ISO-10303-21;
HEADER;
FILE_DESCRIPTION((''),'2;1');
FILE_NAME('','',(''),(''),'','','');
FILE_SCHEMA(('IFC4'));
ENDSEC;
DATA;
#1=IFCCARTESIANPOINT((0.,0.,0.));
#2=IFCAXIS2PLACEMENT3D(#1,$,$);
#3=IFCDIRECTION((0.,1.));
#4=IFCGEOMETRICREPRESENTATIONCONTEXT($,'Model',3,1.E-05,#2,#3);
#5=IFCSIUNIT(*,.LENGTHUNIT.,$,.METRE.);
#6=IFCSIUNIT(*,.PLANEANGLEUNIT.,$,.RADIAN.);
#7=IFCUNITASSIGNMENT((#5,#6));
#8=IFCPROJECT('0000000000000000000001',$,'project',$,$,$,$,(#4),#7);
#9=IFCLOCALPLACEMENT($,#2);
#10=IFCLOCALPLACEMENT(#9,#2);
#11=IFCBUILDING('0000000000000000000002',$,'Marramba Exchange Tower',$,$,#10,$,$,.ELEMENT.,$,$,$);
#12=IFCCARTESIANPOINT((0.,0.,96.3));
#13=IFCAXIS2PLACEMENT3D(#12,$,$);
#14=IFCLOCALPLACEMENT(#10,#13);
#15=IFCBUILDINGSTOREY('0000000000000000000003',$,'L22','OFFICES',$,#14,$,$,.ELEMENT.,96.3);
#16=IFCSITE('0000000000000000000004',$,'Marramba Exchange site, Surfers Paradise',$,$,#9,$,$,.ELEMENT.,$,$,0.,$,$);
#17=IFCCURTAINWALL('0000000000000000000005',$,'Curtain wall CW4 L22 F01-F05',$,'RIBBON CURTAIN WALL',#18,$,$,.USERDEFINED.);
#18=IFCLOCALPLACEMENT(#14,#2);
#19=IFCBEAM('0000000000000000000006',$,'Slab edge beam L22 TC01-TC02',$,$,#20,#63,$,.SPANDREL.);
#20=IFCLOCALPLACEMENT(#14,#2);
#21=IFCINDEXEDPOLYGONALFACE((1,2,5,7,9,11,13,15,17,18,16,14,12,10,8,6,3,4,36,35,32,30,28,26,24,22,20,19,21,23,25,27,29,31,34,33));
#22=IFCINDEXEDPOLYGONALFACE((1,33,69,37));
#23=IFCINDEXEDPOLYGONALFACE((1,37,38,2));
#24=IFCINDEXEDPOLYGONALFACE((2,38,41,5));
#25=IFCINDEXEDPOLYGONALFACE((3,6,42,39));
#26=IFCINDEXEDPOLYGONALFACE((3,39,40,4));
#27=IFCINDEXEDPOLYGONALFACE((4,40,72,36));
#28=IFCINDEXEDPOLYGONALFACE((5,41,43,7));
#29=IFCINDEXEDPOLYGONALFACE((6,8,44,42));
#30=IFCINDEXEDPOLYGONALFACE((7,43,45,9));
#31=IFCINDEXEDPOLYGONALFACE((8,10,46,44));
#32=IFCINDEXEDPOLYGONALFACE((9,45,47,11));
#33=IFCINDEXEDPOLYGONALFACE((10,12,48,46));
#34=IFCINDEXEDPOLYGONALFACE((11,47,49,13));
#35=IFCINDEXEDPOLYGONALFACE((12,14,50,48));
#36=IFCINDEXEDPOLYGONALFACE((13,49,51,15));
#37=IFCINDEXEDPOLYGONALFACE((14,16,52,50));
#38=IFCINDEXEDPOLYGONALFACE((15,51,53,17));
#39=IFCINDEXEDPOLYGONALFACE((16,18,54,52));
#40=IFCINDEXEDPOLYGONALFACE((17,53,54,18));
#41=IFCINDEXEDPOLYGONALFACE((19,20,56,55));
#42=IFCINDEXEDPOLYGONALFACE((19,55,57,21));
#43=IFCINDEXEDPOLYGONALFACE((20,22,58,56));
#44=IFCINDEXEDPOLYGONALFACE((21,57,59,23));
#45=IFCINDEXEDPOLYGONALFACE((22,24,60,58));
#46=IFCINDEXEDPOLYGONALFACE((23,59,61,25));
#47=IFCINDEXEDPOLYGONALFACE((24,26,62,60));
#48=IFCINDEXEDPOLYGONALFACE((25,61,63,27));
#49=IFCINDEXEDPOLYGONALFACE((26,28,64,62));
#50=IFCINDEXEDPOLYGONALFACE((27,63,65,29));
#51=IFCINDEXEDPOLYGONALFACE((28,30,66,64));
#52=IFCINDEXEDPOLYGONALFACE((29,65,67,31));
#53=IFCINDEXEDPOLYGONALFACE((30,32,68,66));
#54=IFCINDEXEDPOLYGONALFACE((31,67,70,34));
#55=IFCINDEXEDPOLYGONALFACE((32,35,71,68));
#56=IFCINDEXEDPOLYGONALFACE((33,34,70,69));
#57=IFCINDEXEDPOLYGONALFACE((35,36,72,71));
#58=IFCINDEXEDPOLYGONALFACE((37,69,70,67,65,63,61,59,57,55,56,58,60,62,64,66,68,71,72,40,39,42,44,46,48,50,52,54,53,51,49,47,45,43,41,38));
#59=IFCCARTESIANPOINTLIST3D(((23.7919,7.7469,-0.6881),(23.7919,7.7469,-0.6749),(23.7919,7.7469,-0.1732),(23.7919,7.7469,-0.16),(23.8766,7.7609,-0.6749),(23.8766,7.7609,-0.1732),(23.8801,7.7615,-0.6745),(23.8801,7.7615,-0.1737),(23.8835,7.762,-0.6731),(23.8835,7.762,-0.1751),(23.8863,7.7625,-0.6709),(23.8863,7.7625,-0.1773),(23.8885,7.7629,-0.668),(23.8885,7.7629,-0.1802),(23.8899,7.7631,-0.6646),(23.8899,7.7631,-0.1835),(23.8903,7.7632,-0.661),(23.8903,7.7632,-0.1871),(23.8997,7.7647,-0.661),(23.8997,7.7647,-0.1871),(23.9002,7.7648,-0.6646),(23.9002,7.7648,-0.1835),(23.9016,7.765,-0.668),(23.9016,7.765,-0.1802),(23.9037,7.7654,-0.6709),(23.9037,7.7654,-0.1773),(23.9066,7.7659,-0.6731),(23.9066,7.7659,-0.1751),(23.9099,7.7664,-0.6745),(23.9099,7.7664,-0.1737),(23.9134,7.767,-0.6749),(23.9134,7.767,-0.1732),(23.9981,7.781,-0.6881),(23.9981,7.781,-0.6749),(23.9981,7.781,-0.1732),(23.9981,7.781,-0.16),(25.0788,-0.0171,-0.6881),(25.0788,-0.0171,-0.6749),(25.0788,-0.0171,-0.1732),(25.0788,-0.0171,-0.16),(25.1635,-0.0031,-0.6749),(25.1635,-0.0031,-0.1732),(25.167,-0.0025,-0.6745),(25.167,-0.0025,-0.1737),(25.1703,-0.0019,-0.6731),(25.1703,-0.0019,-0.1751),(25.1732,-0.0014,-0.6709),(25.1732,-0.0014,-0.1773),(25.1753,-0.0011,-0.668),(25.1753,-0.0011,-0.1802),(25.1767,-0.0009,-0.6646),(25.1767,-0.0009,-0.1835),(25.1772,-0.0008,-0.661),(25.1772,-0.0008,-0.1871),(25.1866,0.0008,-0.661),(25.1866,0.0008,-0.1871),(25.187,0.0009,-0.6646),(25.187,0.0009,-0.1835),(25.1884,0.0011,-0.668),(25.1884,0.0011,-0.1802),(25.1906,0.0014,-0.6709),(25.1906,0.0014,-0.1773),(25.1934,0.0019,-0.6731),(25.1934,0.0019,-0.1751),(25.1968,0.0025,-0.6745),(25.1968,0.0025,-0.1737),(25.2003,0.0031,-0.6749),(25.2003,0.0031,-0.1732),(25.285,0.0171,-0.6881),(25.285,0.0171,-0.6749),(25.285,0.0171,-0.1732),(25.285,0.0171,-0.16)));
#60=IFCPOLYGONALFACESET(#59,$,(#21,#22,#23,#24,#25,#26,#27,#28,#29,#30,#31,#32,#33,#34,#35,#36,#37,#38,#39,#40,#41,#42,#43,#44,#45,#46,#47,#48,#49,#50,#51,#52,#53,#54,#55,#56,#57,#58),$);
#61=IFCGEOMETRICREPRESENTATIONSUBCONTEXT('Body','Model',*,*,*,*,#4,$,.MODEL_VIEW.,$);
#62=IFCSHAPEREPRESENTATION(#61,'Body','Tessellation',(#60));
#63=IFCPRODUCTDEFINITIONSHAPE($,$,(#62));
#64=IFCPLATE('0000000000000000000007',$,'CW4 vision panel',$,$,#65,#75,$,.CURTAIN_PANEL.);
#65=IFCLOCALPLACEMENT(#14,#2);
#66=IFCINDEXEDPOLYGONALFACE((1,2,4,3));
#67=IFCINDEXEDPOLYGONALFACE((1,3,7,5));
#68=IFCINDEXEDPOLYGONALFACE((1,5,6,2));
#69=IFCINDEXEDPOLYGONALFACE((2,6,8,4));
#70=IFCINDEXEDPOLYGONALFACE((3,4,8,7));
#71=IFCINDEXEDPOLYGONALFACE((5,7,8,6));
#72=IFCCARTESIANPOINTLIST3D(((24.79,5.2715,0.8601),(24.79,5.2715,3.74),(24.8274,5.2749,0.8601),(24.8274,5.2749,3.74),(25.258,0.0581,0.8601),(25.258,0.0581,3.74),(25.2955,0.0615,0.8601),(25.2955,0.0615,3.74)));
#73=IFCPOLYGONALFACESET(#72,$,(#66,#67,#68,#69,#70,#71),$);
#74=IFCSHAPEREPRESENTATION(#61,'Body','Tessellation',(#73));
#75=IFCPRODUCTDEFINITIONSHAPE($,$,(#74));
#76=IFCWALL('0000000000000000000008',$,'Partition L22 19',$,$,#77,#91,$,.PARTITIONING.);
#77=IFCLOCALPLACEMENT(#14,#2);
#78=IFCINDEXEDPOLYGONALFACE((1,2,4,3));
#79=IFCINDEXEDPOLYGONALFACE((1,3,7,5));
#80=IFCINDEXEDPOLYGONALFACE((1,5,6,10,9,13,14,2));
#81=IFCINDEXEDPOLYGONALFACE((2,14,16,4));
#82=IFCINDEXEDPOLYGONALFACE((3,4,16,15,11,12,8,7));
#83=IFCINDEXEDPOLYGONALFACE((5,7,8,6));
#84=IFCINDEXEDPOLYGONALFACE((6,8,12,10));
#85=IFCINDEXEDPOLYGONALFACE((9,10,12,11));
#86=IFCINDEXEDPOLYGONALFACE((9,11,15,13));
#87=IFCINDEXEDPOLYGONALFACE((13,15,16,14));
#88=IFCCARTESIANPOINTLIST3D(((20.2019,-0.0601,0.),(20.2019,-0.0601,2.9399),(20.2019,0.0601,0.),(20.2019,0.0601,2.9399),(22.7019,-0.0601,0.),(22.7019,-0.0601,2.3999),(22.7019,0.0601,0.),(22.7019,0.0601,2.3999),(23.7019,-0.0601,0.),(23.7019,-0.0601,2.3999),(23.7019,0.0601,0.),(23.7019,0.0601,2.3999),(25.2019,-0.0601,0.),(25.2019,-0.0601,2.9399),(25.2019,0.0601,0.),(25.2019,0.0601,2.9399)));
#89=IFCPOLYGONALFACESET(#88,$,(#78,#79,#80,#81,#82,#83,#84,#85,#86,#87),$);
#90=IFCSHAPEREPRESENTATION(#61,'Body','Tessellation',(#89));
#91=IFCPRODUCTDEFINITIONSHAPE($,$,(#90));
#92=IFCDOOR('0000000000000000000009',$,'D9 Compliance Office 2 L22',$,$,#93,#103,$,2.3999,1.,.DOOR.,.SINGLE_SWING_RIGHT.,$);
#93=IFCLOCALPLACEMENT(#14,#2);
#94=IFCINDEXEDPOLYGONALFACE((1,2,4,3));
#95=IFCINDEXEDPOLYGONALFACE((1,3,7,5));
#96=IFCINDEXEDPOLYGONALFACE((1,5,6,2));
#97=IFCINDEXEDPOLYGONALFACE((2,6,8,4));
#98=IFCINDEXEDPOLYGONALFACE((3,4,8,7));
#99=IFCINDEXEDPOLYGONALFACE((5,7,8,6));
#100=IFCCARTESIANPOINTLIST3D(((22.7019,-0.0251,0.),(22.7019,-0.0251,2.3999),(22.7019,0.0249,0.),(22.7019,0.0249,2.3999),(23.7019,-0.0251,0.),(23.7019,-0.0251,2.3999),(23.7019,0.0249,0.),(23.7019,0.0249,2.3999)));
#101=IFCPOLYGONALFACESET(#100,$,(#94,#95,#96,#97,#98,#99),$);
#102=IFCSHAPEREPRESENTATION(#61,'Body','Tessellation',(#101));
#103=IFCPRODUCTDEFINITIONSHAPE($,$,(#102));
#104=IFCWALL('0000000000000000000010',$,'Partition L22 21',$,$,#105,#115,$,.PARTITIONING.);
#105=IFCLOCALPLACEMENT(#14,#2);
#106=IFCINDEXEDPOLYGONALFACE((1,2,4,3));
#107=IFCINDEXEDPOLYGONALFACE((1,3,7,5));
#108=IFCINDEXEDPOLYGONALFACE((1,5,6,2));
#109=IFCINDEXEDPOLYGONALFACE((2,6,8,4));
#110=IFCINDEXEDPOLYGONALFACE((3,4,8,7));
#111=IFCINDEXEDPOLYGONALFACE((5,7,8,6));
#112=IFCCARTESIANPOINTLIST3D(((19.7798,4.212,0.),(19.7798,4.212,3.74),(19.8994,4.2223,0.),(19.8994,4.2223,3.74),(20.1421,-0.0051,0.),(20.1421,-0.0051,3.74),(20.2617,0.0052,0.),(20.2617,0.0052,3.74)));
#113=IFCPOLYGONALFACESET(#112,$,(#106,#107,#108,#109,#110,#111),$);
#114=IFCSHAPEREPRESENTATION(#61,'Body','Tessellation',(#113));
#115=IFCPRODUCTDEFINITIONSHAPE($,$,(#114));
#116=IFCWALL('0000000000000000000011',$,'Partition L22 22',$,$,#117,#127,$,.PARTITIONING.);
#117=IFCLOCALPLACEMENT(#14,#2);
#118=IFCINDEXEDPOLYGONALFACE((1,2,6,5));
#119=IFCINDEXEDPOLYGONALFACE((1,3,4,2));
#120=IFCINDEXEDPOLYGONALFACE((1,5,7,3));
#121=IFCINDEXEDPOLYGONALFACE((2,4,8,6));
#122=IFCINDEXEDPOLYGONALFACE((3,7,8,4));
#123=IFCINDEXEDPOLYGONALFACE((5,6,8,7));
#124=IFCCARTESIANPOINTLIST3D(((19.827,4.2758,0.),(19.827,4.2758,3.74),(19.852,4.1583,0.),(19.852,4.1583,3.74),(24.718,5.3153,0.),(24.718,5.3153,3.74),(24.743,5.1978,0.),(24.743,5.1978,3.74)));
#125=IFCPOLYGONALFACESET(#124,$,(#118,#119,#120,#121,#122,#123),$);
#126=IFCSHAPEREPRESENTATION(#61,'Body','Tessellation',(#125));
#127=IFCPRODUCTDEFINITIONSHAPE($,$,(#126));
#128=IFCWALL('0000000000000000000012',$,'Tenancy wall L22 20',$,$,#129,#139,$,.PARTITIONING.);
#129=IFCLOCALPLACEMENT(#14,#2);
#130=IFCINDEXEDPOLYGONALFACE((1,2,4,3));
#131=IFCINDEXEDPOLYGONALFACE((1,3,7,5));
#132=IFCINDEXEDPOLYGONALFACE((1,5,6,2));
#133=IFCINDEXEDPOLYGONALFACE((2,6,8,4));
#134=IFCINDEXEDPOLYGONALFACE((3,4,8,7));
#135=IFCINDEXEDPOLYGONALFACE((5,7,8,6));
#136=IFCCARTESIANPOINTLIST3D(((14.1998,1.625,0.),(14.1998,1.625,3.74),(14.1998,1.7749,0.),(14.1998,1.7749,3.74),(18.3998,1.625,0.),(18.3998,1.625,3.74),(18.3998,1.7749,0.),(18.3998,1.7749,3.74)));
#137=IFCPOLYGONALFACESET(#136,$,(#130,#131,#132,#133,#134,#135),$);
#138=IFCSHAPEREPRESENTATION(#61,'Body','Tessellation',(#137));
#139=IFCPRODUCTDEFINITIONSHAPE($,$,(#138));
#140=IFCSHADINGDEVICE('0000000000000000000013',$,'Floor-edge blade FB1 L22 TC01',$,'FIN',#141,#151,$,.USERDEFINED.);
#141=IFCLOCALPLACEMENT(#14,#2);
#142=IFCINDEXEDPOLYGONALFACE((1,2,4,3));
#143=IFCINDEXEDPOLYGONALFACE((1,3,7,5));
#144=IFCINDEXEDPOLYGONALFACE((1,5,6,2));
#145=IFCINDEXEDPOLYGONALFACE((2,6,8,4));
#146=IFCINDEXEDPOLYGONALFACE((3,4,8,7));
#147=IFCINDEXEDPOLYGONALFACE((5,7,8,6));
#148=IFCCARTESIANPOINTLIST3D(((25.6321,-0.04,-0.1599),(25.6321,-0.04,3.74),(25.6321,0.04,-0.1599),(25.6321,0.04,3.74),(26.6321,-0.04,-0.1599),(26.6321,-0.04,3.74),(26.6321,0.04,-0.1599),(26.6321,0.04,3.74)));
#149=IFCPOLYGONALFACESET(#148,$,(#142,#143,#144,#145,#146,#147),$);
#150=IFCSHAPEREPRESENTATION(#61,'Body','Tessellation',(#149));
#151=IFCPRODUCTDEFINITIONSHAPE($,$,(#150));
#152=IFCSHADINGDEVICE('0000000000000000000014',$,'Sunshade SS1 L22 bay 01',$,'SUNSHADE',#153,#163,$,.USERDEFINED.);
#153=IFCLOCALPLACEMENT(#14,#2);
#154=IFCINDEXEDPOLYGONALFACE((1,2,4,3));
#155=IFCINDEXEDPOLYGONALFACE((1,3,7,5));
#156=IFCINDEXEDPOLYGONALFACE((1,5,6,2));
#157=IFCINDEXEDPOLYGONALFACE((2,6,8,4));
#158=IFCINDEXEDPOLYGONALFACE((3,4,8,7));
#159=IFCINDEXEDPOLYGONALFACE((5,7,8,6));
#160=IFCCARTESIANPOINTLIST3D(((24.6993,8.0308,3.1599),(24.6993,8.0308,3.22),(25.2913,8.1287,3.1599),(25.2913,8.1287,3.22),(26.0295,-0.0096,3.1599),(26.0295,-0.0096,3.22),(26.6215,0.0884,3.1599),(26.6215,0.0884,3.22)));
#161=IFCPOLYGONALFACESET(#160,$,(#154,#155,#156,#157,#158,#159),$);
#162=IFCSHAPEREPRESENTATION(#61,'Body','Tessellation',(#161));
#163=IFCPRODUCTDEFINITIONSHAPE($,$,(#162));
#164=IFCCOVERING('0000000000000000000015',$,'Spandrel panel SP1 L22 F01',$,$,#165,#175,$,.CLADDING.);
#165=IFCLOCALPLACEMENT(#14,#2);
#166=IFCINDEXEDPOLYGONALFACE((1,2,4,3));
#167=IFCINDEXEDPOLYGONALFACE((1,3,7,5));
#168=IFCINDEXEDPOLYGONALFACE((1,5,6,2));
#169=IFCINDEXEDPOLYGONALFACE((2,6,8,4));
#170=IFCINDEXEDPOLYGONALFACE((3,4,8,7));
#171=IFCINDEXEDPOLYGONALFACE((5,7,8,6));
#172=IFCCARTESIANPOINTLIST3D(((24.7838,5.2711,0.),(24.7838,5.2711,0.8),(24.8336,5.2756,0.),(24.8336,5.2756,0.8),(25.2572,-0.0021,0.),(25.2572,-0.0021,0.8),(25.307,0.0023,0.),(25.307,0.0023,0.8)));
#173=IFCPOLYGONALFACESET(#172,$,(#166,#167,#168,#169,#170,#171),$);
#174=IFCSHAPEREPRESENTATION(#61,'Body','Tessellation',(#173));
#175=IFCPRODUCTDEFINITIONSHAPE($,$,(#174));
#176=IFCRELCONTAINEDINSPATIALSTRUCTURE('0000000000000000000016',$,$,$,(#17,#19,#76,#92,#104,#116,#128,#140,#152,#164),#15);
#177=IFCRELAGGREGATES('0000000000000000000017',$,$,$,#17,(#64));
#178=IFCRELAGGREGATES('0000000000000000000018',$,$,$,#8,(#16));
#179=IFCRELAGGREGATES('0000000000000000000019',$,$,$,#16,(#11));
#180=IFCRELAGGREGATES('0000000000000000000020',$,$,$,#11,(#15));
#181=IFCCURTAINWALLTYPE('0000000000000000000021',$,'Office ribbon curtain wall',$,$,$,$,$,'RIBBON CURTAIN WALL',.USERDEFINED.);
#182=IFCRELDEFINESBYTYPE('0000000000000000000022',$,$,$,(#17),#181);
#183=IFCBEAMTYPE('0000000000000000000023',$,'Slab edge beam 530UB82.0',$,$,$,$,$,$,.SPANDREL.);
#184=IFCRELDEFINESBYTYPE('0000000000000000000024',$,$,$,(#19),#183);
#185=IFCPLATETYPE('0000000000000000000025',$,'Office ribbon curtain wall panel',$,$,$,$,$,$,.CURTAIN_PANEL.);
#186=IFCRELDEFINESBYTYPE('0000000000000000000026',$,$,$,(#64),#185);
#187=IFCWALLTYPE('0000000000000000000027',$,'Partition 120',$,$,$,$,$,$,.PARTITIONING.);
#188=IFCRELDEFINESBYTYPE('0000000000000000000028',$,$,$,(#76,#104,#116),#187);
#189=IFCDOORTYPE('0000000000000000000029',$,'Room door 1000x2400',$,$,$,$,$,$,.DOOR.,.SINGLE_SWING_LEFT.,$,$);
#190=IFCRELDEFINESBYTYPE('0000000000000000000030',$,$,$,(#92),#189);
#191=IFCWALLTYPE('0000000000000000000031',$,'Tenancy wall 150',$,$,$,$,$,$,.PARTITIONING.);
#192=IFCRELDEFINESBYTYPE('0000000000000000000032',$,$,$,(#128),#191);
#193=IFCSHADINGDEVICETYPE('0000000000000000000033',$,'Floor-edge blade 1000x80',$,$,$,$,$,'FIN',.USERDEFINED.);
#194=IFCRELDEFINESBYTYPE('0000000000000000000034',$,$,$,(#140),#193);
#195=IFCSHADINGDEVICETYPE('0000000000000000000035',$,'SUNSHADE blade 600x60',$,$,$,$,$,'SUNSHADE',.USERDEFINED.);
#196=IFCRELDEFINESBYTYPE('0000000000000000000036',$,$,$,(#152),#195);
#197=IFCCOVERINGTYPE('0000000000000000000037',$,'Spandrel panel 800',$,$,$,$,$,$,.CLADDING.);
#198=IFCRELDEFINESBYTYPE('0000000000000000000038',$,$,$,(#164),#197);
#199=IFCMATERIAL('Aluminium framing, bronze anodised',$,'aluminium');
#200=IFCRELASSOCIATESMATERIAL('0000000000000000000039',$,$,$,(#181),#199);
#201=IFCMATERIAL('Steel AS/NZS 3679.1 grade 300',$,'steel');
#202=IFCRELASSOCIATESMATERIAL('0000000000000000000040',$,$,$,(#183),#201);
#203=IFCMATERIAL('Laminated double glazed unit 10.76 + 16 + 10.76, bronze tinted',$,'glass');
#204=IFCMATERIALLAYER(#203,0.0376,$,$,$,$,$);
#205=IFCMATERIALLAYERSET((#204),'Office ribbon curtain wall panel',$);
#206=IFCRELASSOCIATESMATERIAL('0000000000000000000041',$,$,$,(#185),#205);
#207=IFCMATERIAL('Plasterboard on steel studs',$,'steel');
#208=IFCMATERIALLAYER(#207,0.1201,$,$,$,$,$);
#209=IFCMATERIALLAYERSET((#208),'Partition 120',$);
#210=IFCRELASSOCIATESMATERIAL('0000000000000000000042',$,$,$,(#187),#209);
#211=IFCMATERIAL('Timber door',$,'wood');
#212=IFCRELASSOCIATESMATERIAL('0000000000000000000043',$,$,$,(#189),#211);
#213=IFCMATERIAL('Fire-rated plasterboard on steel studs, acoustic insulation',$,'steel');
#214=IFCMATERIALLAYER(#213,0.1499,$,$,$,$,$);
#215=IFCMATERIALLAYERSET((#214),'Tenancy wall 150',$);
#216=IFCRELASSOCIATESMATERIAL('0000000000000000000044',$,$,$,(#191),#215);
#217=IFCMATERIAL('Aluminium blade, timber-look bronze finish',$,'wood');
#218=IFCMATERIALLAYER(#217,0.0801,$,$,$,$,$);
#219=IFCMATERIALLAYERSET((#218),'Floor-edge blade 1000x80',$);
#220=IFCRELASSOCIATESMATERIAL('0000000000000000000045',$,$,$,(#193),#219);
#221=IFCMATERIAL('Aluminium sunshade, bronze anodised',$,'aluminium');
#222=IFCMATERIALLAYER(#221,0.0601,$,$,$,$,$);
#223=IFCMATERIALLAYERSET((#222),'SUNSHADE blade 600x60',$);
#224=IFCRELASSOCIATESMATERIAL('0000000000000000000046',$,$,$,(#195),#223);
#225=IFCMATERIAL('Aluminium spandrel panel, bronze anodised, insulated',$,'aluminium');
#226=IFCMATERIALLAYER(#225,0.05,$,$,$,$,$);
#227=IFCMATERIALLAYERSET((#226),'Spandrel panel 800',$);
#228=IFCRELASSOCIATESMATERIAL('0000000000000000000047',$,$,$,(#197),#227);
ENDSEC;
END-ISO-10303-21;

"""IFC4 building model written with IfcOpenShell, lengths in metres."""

from ifc_helpers import new_model, si_unit, direction, frame, frame_2d, origin, origin_2d, place, context, subcontext, project, spatial, rectangle, i_section, extrude, material, layer, layer_set, material_profile, profile_set, type_object, element, fill, aggregate, save


model = new_model("IFC4")

# Units and contexts
model_context = context("Model", 3, precision=1e-05, world=origin(), true_north=direction((0.0, 1.0)))
body_context = subcontext(model_context, "Body", "Model", "MODEL_VIEW")
ifc_project = project(units=[si_unit("LENGTHUNIT", "METRE"), si_unit("PLANEANGLEUNIT", "RADIAN")], contexts=[model_context])

# Site, building, storey
site_placement = place(None, origin())
site = spatial("IfcSite", under=ifc_project, at=site_placement, Name="Marramba Exchange site, Surfers Paradise", CompositionType="ELEMENT", RefElevation=0.0)
building_placement = place(site_placement, origin())
building = spatial("IfcBuilding", under=site, at=building_placement, Name="Marramba Exchange Tower", CompositionType="ELEMENT")
storey_placement = place(building_placement, frame((0.0, 0.0, 96.3)))
storey = spatial("IfcBuildingStorey", under=building, at=storey_placement, Name="L22", Description="OFFICES", CompositionType="ELEMENT", Elevation=96.3)

# Shared definitions
ifc_material_1 = material(Name="Steel AS/NZS 3679.1 grade 300", Category="steel")

# Curtain wall
ifc_material_2 = material(Name="Aluminium framing, bronze anodised", Category="aluminium")
curtain_wall_type = type_object("IfcCurtainWallType", Name="Office ribbon curtain wall", ElementType="RIBBON CURTAIN WALL", PredefinedType="USERDEFINED", material=ifc_material_2)
curtain_wall_placement = place(storey_placement, origin())
curtain_wall = element("IfcCurtainWall", 1, at=curtain_wall_placement, inside=storey, type_object=curtain_wall_type, Name="Curtain wall CW4 L22 F01-F05", ObjectType="RIBBON CURTAIN WALL", PredefinedType="USERDEFINED")

# Beam
ifc_material_profile_1 = material_profile(ifc_material_1, i_section(OverallWidth=0.209, OverallDepth=0.5281, WebThickness=0.0095, FlangeThickness=0.0132, FilletRadius=0.0139, at=origin_2d()), Name="530UB82.0")
ifc_profile_set_1 = profile_set([ifc_material_profile_1], Name="Steel AS/NZS 3679.1 grade 300")
beam_type_1 = type_object("IfcBeamType", Name="Slab edge beam 530UB82.0", PredefinedType="SPANDREL", material=ifc_profile_set_1)
beam_1_placement = place(storey_placement, frame((25.1819, 0.0, -0.4241), z_axis=(-0.163519, 0.98654, 0.0), x_axis=(-0.98654, -0.163519, 0.0)))
element("IfcBeam", 2, at=beam_1_placement, inside=storey, type_object=beam_type_1, Name="Slab edge beam L22 TC01-TC02", PredefinedType="SPANDREL", context=body_context, shape_type="SweptSolid", body=[
    extrude(i_section(OverallWidth=0.209, OverallDepth=0.5281, WebThickness=0.0095, FlangeThickness=0.0132, FilletRadius=0.0139, at=origin_2d()), origin(), (0.0, 0.0, 1.0), 7.8699),
])

# Plate
ifc_material_3 = material(Name="Laminated double glazed unit 10.76 + 16 + 10.76, bronze tinted", Category="glass")
ifc_layer_1 = layer(ifc_material_3, 0.0376)
ifc_layer_set_1 = layer_set([ifc_layer_1], Name="Office ribbon curtain wall panel")
plate_type = type_object("IfcPlateType", Name="Office ribbon curtain wall panel", PredefinedType="CURTAIN_PANEL", material=ifc_layer_set_1)
plate_placement = place(storey_placement, frame((25.0427, 2.6665, 0.8601), z_axis=(0.0, 0.0, 1.0), x_axis=(-0.089413, 0.995995, 0.0)))
plate = element("IfcPlate", 3, at=plate_placement, type_object=plate_type, Name="CW4 vision panel", PredefinedType="CURTAIN_PANEL", context=body_context, shape_type="SweptSolid", body=[
    extrude(rectangle(XDim=5.2344, YDim=0.0376, at=origin_2d()), origin(), (0.0, 0.0, 1.0), 2.8799),
])
aggregate(curtain_wall, [plate])

# Wall, opening, door
ifc_material_4 = material(Name="Plasterboard on steel studs", Category="steel")
ifc_layer_2 = layer(ifc_material_4, 0.1201)
ifc_layer_set_2 = layer_set([ifc_layer_2], Name="Partition 120")
wall_type_1 = type_object("IfcWallType", Name="Partition 120", PredefinedType="PARTITIONING", material=ifc_layer_set_2)
wall_1_placement = place(storey_placement, frame((20.2019, 0.0, 0.0), z_axis=(0.0, 0.0, 1.0), x_axis=(1.0, 0.0, 0.0)))
wall_1 = element("IfcWall", 4, at=wall_1_placement, inside=storey, type_object=wall_type_1, Name="Partition L22 19", PredefinedType="PARTITIONING", context=body_context, shape_type="SweptSolid", body=[
    extrude(rectangle(XDim=5.0, YDim=0.1201, at=frame_2d((2.5, 0.0))), origin(), (0.0, 0.0, 1.0), 2.9399),
])
opening_placement = place(wall_1_placement, frame((2.5, 0.0, 0.0)))
opening = element("IfcOpeningElement", 5, at=opening_placement, cuts=wall_1, PredefinedType="OPENING", context=body_context, shape_type="SweptSolid", body=[
    extrude(rectangle(XDim=1.0, YDim=2.3999, at=frame_2d((0.5, 1.2))), frame((0.0, 0.0701, 0.0), z_axis=(0.0, -1.0, 0.0), x_axis=(1.0, 0.0, 0.0)), (0.0, 0.0, 1.0), 0.1401),
])
ifc_material_5 = material(Name="Timber door", Category="wood")
door_type = type_object("IfcDoorType", Name="Room door 1000x2400", OperationType="SINGLE_SWING_LEFT", PredefinedType="DOOR", material=ifc_material_5)
door_placement = place(opening_placement, origin())
door = element("IfcDoor", 6, at=door_placement, inside=storey, type_object=door_type, Name="D9 Compliance Office 2 L22", OperationType="SINGLE_SWING_RIGHT", OverallHeight=2.3999, OverallWidth=1.0, PredefinedType="DOOR", context=body_context, shape_type="SweptSolid", body=[
    extrude(rectangle(XDim=1.0, YDim=2.3999, at=frame_2d((0.5, 1.2))), frame((0.0, 0.0249, 0.0), z_axis=(0.0, -1.0, 0.0), x_axis=(1.0, 0.0, 0.0)), (0.0, 0.0, 1.0), 0.05),
])
fill(opening, door)

# Walls
wall_2_placement = place(storey_placement, frame((19.8396, 4.217, 0.0), z_axis=(0.0, 0.0, 1.0), x_axis=(0.085599, -0.99633, 0.0)))
element("IfcWall", 7, at=wall_2_placement, inside=storey, type_object=wall_type_1, Name="Partition L22 21", PredefinedType="PARTITIONING", context=body_context, shape_type="SweptSolid", body=[
    extrude(rectangle(XDim=4.2327, YDim=0.1201, at=frame_2d((2.1162, 0.0))), origin(), (0.0, 0.0, 1.0), 3.74),
])
wall_3_placement = place(storey_placement, frame((19.8396, 4.217, 0.0), z_axis=(0.0, 0.0, 1.0), x_axis=(0.978149, 0.207905, 0.0)))
element("IfcWall", 8, at=wall_3_placement, inside=storey, type_object=wall_type_1, Name="Partition L22 22", PredefinedType="PARTITIONING", context=body_context, shape_type="SweptSolid", body=[
    extrude(rectangle(XDim=5.0002, YDim=0.1201, at=frame_2d((2.5, 0.0))), origin(), (0.0, 0.0, 1.0), 3.74),
])
ifc_material_6 = material(Name="Fire-rated plasterboard on steel studs, acoustic insulation", Category="steel")
ifc_layer_3 = layer(ifc_material_6, 0.1499)
ifc_layer_set_3 = layer_set([ifc_layer_3], Name="Tenancy wall 150")
wall_type_2 = type_object("IfcWallType", Name="Tenancy wall 150", PredefinedType="PARTITIONING", material=ifc_layer_set_3)
wall_4_placement = place(storey_placement, frame((18.3999, 1.7, 0.0), z_axis=(0.0, 0.0, 1.0), x_axis=(-1.0, 0.0, 0.0)))
element("IfcWall", 9, at=wall_4_placement, inside=storey, type_object=wall_type_2, Name="Tenancy wall L22 20", PredefinedType="PARTITIONING", context=body_context, shape_type="SweptSolid", body=[
    extrude(rectangle(XDim=4.2, YDim=0.1499, at=frame_2d((2.1001, 0.0))), origin(), (0.0, 0.0, 1.0), 3.74),
])

# Shading devices
ifc_material_7 = material(Name="Aluminium blade, timber-look bronze finish", Category="wood")
ifc_layer_4 = layer(ifc_material_7, 0.0801)
ifc_layer_set_4 = layer_set([ifc_layer_4], Name="Floor-edge blade 1000x80")
shading_device_type_1 = type_object("IfcShadingDeviceType", Name="Floor-edge blade 1000x80", ElementType="FIN", PredefinedType="USERDEFINED", material=ifc_layer_set_4)
shading_device_1_placement = place(storey_placement, frame((26.1321, 0.0, -0.1599), z_axis=(0.0, 0.0, 1.0), x_axis=(1.0, 0.0, 0.0)))
element("IfcShadingDevice", 10, at=shading_device_1_placement, inside=storey, type_object=shading_device_type_1, Name="Floor-edge blade FB1 L22 TC01", ObjectType="FIN", PredefinedType="USERDEFINED", context=body_context, shape_type="SweptSolid", body=[
    extrude(rectangle(XDim=1.0, YDim=0.0801, at=origin_2d()), origin(), (0.0, 0.0, 1.0), 3.8999),
])
ifc_material_8 = material(Name="Aluminium sunshade, bronze anodised", Category="aluminium")
ifc_layer_5 = layer(ifc_material_8, 0.0601)
ifc_layer_set_5 = layer_set([ifc_layer_5], Name="SUNSHADE blade 600x60")
shading_device_type_2 = type_object("IfcShadingDeviceType", Name="SUNSHADE blade 600x60", ElementType="SUNSHADE", PredefinedType="USERDEFINED", material=ifc_layer_set_5)
shading_device_2_placement = place(storey_placement, frame((25.6604, 4.0596, 3.1599), z_axis=(0.0, 0.0, 1.0), x_axis=(-0.163228, 0.986588, 0.0)))
element("IfcShadingDevice", 11, at=shading_device_2_placement, inside=storey, type_object=shading_device_type_2, Name="Sunshade SS1 L22 bay 01", ObjectType="SUNSHADE", PredefinedType="USERDEFINED", context=body_context, shape_type="SweptSolid", body=[
    extrude(rectangle(XDim=8.1497, YDim=0.6001, at=origin_2d()), origin(), (0.0, 0.0, 1.0), 0.0601),
])

# Covering
ifc_material_9 = material(Name="Aluminium spandrel panel, bronze anodised, insulated", Category="aluminium")
ifc_layer_6 = layer(ifc_material_9, 0.05)
ifc_layer_set_6 = layer_set([ifc_layer_6], Name="Spandrel panel 800")
covering_type = type_object("IfcCoveringType", Name="Spandrel panel 800", PredefinedType="CLADDING", material=ifc_layer_set_6)
covering_1_placement = place(storey_placement, frame((25.0454, 2.6367, 0.0), z_axis=(0.0, 0.0, 1.0), x_axis=(-0.089413, 0.995995, 0.0)))
element("IfcCovering", 12, at=covering_1_placement, inside=storey, type_object=covering_type, Name="Spandrel panel SP1 L22 F01", PredefinedType="CLADDING", context=body_context, shape_type="SweptSolid", body=[
    extrude(rectangle(XDim=5.2944, YDim=0.05, at=origin_2d()), origin(), (0.0, 0.0, 1.0), 0.8),
])

save(model, "model.ifc")
